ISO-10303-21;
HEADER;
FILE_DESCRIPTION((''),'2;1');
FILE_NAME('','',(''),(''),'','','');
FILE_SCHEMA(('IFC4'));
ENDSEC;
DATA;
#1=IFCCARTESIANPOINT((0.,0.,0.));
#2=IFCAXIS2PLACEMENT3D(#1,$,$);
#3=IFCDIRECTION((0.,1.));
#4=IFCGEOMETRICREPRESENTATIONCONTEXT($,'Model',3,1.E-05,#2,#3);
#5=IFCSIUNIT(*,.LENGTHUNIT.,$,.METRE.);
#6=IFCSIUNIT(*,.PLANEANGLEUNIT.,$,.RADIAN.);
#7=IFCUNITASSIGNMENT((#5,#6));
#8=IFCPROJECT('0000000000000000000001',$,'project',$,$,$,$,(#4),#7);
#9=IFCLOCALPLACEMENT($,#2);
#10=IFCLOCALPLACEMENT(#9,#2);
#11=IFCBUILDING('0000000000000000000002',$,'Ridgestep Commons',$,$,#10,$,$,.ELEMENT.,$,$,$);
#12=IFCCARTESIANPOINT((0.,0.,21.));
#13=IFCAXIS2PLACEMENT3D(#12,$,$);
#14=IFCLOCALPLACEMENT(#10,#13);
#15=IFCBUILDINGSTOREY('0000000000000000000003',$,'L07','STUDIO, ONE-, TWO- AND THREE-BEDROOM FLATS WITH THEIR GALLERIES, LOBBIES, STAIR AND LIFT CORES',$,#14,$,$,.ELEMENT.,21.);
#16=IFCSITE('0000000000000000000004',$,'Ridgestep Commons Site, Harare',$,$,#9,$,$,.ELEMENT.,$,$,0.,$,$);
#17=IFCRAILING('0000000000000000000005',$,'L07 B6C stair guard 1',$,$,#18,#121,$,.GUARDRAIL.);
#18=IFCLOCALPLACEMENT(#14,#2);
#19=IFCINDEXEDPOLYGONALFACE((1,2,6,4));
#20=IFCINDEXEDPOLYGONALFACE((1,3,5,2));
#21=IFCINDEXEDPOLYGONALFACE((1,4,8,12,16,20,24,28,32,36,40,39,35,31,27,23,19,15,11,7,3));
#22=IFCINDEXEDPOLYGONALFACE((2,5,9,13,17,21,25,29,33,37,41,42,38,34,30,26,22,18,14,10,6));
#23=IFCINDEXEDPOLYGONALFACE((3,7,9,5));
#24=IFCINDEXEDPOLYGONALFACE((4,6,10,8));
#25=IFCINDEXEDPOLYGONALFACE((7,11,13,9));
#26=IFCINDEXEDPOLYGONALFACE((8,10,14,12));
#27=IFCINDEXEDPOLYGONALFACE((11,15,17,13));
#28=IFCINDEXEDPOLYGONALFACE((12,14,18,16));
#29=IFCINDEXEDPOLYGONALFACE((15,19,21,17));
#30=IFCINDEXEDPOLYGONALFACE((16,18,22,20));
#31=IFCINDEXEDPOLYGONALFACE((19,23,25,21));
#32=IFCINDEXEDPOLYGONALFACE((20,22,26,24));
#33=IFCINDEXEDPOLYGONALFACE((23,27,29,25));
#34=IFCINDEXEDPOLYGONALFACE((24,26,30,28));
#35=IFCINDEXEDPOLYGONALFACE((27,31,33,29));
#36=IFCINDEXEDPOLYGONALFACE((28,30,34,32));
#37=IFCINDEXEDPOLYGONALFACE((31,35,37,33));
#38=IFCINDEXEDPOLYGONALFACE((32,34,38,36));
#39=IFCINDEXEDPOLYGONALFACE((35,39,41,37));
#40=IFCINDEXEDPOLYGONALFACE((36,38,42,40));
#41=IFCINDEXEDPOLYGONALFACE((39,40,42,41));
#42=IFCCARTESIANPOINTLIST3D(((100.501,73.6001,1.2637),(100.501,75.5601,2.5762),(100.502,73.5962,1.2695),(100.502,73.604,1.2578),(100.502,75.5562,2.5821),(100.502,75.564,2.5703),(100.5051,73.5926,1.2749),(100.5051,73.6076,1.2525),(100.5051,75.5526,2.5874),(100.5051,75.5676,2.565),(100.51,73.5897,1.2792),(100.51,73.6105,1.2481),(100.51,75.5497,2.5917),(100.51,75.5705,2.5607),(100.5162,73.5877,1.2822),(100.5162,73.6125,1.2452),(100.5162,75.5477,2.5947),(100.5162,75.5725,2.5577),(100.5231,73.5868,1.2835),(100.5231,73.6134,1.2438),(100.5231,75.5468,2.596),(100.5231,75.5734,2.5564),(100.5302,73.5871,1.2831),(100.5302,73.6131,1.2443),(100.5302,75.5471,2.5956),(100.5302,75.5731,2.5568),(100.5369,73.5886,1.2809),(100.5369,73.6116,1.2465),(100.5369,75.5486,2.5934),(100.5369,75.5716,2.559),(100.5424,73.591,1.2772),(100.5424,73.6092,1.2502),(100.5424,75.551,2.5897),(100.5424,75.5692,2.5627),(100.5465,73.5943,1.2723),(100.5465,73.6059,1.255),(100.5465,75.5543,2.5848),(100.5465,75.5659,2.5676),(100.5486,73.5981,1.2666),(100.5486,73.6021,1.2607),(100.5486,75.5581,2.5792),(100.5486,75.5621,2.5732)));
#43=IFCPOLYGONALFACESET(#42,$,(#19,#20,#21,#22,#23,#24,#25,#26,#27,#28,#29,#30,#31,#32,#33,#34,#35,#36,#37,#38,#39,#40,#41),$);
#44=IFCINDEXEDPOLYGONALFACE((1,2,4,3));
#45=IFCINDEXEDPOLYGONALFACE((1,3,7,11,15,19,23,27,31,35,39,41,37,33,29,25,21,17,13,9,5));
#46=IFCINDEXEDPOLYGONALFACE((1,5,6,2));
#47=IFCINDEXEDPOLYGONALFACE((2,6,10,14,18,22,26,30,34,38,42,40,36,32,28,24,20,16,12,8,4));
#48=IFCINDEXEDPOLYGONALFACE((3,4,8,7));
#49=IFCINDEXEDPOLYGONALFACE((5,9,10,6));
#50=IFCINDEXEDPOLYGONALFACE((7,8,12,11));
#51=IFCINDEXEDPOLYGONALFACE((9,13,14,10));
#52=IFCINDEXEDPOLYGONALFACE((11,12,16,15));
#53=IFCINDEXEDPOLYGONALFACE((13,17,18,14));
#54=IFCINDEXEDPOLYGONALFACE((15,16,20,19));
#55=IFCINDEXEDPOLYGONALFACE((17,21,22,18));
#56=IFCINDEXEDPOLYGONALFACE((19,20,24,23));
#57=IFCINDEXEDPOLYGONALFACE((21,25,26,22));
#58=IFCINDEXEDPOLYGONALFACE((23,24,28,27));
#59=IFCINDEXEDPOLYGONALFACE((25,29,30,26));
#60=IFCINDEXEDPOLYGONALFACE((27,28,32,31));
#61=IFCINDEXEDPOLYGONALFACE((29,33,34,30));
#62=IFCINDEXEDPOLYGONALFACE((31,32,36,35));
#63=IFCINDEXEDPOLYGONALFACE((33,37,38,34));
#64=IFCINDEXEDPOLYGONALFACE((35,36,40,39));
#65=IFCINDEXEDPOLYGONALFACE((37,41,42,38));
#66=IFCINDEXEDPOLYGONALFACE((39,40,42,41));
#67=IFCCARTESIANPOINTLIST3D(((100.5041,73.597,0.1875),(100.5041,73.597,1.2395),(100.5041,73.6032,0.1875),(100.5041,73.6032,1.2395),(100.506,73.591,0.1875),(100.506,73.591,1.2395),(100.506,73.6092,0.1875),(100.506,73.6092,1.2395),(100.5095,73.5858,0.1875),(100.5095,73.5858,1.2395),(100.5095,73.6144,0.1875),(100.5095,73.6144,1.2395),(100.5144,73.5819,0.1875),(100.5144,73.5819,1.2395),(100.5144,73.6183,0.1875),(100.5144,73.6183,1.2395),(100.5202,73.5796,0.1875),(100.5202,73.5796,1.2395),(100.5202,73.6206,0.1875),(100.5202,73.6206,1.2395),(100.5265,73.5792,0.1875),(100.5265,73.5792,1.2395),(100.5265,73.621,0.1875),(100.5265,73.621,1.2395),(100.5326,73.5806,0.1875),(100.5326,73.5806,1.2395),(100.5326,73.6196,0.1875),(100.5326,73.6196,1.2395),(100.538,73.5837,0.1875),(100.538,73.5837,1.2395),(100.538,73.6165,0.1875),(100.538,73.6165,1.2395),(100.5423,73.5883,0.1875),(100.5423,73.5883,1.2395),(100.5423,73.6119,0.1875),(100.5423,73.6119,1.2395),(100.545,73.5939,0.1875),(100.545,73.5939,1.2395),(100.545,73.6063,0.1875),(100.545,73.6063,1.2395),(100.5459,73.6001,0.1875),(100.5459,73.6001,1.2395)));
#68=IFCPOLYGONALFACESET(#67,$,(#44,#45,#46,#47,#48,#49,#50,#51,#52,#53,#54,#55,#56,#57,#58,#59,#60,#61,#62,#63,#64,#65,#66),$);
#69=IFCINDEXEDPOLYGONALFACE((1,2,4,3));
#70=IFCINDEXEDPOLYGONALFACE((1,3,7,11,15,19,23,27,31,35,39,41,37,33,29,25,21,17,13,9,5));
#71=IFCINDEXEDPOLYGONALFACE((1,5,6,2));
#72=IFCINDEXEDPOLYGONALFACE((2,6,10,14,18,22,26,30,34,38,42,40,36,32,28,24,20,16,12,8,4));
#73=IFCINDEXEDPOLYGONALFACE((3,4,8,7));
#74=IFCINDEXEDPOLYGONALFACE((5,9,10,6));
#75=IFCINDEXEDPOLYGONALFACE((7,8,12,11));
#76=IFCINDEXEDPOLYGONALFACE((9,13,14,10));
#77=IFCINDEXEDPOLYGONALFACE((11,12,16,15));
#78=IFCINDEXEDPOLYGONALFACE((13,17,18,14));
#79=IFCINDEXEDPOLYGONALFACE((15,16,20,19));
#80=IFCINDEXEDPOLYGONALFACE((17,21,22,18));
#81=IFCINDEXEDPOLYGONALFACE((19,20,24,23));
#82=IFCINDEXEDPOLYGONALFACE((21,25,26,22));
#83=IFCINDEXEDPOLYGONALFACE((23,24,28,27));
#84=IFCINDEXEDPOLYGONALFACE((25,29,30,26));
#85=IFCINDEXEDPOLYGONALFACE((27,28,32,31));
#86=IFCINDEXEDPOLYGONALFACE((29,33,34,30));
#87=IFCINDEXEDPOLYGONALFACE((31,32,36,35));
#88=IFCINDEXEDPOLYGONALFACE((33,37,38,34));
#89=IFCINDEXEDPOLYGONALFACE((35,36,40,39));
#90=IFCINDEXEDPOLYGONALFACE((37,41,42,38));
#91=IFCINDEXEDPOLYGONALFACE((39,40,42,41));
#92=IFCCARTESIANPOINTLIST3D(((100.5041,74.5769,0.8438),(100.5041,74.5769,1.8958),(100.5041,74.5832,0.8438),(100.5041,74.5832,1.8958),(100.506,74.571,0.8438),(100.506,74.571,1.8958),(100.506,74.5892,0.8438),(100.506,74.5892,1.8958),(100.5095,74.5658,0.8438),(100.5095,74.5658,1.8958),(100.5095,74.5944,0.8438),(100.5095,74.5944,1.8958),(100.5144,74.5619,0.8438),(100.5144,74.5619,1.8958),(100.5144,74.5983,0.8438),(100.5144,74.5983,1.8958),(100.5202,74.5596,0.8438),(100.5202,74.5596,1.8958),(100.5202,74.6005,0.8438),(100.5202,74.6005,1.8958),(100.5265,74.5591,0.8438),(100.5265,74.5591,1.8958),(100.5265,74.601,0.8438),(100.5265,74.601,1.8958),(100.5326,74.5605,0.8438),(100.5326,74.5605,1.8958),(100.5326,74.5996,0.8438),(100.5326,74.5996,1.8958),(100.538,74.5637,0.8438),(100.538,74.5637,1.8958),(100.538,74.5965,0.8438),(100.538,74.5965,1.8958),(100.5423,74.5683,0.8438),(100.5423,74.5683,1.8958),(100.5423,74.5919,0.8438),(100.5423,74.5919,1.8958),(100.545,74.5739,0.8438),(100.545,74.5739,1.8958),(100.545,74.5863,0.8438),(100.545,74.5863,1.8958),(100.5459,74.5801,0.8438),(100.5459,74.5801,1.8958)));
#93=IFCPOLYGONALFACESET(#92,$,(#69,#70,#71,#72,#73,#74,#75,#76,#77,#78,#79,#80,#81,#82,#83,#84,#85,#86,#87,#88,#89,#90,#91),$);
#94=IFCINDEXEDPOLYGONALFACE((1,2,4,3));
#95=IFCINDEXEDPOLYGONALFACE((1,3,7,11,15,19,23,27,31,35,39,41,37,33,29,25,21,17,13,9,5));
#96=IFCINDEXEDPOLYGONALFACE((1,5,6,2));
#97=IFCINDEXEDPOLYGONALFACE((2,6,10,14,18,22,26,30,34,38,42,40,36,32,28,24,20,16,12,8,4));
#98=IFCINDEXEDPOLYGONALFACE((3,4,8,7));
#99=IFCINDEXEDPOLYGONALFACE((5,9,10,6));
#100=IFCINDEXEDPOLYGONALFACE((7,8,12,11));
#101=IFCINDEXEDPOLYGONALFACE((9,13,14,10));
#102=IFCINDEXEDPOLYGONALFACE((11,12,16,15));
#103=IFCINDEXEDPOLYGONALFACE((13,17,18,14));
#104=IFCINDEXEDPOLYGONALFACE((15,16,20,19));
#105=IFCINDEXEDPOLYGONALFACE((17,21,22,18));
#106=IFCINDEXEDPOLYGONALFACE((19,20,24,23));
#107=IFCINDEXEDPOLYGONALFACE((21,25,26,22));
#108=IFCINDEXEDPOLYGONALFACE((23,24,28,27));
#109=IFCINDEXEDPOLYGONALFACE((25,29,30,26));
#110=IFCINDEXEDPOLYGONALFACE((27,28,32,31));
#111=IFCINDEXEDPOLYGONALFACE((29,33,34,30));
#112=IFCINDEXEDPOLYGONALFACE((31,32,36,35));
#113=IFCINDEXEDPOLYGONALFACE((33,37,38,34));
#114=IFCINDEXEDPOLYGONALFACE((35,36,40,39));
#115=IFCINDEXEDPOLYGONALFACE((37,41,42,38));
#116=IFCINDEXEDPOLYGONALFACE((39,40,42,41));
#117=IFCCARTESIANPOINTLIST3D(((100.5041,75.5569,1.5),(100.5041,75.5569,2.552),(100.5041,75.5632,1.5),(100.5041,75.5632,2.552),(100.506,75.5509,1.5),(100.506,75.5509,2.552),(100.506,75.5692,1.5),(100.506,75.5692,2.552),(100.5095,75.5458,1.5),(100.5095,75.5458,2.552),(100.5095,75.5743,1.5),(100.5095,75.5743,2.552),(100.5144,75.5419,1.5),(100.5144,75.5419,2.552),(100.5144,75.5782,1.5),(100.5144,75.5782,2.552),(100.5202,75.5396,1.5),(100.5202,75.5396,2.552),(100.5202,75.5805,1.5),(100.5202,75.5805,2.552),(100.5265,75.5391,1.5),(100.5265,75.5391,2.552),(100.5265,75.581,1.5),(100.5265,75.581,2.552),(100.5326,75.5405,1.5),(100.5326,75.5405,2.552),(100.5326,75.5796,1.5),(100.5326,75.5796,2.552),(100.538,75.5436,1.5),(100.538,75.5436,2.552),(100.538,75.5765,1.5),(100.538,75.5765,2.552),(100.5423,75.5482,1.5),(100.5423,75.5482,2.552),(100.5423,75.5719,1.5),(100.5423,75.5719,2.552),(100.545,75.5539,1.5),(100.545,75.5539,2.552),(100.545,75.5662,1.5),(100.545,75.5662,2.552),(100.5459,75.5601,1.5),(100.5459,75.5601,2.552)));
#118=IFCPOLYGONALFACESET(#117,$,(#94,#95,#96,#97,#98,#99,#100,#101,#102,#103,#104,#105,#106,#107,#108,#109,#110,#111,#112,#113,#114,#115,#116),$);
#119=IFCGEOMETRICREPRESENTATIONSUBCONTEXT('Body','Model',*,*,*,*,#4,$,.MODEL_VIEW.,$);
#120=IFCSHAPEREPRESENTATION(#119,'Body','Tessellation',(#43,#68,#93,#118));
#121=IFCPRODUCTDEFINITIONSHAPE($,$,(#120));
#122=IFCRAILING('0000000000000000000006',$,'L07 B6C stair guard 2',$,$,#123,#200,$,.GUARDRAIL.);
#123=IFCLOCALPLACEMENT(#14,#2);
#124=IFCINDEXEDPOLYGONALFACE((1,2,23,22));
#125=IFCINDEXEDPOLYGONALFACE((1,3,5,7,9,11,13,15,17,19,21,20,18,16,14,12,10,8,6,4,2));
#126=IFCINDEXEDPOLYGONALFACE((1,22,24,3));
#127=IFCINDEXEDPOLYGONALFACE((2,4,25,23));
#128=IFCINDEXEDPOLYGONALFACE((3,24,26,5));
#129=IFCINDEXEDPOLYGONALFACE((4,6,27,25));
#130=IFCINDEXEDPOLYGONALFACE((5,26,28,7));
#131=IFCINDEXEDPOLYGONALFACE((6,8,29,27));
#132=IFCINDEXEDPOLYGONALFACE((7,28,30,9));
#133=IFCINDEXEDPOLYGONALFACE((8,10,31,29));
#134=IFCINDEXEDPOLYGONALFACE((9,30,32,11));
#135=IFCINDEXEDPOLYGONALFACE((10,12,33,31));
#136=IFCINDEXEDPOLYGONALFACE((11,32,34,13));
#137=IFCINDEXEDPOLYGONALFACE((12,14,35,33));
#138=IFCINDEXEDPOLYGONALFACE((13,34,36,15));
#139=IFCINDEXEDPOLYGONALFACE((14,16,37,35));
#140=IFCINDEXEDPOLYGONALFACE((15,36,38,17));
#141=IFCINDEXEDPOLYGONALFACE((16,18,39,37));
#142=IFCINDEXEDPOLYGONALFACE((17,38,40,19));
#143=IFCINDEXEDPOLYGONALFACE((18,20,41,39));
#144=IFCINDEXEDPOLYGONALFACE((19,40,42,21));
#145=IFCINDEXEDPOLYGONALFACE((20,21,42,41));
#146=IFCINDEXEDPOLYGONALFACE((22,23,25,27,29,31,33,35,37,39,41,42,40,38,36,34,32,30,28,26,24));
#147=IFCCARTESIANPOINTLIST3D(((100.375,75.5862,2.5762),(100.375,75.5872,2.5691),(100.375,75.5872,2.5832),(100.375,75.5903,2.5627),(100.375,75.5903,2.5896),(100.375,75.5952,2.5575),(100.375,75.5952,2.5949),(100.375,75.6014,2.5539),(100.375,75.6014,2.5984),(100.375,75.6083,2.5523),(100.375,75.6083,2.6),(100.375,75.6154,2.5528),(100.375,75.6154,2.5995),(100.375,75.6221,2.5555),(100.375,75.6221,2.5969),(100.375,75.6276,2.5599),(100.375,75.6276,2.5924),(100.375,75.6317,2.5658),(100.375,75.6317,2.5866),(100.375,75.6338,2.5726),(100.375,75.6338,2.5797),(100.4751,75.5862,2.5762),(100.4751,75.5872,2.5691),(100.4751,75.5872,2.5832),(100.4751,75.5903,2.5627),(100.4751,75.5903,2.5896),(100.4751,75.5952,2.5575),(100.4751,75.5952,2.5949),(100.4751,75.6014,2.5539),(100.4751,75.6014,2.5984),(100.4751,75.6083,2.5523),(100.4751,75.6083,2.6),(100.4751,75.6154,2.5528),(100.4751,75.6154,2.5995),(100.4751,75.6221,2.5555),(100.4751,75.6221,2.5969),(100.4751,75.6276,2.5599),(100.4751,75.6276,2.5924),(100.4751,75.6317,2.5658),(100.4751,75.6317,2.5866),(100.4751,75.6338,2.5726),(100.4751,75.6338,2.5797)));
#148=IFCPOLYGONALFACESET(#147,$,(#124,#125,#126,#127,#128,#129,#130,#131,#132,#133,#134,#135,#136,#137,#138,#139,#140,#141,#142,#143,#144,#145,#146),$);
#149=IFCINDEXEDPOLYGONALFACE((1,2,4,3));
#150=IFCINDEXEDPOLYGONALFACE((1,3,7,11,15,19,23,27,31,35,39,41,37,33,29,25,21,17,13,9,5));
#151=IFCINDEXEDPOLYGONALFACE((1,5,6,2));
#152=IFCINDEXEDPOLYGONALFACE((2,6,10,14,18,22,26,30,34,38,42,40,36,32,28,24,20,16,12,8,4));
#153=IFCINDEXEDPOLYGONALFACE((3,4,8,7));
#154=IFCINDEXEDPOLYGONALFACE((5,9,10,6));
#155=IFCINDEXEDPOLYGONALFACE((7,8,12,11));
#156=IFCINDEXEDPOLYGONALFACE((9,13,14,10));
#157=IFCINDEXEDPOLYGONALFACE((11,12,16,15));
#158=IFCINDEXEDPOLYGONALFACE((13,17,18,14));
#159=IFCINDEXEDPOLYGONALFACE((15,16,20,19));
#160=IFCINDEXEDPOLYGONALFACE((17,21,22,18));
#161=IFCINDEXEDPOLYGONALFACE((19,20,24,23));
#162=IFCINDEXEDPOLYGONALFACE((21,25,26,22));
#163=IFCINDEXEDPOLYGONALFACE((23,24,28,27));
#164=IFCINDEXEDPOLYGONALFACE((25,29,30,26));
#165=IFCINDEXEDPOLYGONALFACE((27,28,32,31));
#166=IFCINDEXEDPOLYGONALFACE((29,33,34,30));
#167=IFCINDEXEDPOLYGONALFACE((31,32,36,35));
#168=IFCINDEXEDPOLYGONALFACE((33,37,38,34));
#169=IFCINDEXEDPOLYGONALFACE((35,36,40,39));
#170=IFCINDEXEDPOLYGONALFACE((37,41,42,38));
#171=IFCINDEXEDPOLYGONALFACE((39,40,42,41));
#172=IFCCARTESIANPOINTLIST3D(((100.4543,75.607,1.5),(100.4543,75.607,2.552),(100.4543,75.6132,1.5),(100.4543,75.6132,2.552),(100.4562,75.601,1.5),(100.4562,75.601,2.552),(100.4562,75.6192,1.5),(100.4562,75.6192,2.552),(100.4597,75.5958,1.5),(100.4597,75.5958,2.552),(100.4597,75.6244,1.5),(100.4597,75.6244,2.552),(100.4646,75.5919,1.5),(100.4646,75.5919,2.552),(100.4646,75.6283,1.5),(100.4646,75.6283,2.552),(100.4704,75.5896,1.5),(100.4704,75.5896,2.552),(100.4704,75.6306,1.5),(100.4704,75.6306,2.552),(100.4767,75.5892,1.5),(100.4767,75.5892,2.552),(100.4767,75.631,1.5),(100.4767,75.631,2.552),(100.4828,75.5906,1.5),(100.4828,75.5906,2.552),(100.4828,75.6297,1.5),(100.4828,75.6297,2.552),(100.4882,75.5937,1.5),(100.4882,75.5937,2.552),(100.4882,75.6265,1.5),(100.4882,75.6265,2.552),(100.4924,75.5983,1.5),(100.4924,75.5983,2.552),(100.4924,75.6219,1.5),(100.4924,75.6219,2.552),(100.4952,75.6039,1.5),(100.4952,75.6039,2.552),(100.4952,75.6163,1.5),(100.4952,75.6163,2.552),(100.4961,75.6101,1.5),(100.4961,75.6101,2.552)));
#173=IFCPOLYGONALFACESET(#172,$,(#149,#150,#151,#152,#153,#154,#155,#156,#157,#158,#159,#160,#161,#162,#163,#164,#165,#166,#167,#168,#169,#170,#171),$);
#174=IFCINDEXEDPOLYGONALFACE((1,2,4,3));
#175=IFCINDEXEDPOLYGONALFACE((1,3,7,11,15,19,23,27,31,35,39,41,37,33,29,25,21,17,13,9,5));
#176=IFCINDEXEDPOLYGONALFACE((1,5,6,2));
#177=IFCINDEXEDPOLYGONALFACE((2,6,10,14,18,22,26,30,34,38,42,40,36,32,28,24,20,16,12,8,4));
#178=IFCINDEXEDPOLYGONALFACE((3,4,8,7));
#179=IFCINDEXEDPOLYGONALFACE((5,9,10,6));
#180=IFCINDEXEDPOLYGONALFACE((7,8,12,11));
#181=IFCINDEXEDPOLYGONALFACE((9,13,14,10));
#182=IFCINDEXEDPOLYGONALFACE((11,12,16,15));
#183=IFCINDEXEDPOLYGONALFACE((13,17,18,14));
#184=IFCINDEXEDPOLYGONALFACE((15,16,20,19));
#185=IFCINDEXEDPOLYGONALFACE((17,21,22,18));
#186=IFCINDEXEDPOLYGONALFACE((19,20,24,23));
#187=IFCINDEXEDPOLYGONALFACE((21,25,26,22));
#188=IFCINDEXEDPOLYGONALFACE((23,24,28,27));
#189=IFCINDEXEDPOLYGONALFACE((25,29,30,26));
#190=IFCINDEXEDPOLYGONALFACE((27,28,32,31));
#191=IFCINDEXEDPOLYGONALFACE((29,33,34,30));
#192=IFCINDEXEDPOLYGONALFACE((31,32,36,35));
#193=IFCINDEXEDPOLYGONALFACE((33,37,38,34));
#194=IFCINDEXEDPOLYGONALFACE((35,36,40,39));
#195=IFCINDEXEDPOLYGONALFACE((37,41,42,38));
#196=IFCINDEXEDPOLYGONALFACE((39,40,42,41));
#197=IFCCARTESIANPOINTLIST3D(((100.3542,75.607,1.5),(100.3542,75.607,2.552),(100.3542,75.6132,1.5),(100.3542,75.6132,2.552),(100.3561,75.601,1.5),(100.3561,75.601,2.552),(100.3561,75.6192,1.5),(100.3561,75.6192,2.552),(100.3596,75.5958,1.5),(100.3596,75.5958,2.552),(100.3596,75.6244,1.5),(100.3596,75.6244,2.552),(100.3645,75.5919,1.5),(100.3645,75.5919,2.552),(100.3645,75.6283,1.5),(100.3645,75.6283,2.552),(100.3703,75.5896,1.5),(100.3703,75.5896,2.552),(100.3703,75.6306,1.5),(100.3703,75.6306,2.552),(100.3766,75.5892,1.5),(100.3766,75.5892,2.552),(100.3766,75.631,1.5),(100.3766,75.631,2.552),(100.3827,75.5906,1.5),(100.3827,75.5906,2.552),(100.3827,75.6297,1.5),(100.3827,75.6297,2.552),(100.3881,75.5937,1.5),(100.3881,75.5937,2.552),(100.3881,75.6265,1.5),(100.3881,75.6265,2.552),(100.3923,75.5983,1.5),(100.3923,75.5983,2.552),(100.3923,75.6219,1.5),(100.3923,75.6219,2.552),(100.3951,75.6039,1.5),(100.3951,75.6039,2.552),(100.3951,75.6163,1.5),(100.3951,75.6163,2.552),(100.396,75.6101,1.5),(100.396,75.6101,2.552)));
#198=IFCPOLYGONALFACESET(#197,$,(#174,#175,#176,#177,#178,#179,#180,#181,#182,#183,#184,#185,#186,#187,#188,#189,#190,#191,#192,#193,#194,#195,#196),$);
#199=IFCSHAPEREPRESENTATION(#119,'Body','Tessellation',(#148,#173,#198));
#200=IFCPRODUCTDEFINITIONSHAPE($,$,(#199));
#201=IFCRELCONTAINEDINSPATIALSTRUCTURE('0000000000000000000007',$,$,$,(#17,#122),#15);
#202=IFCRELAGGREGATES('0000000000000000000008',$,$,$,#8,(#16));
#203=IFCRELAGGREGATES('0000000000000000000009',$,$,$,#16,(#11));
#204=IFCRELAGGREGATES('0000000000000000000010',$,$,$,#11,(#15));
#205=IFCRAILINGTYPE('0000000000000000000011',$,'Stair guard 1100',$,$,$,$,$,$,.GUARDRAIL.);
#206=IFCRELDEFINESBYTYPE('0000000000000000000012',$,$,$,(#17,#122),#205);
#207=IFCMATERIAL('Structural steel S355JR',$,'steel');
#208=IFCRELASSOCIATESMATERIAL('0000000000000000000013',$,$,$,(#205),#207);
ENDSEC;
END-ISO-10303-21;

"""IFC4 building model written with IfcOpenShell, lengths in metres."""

from ifc_helpers import new_model, si_unit, direction, frame, origin, origin_2d, place, context, subcontext, project, spatial, circle, extrude, material, type_object, element, save


model = new_model("IFC4")

# Units and contexts
model_context = context("Model", 3, precision=1e-05, world=origin(), true_north=direction((0.0, 1.0)))
body_context = subcontext(model_context, "Body", "Model", "MODEL_VIEW")
ifc_project = project(units=[si_unit("LENGTHUNIT", "METRE"), si_unit("PLANEANGLEUNIT", "RADIAN")], contexts=[model_context])

# Site, building, storey
site_placement = place(None, origin())
site = spatial("IfcSite", under=ifc_project, at=site_placement, Name="Ridgestep Commons Site, Harare", CompositionType="ELEMENT", RefElevation=0.0)
building_placement = place(site_placement, origin())
building = spatial("IfcBuilding", under=site, at=building_placement, Name="Ridgestep Commons", CompositionType="ELEMENT")
storey_placement = place(building_placement, frame((0.0, 0.0, 21.0)))
storey = spatial("IfcBuildingStorey", under=building, at=storey_placement, Name="L07", Description="STUDIO, ONE-, TWO- AND THREE-BEDROOM FLATS WITH THEIR GALLERIES, LOBBIES, STAIR AND LIFT CORES", CompositionType="ELEMENT", Elevation=21.0)

# Railings
ifc_material_1 = material(Name="Structural steel S355JR", Category="steel")
railing_type_1 = type_object("IfcRailingType", Name="Stair guard 1100", PredefinedType="GUARDRAIL", material=ifc_material_1)
railing_1_placement = place(storey_placement, frame((100.5249, 73.6001, 0.1875)))
element("IfcRailing", 1, at=railing_1_placement, inside=storey, type_object=railing_type_1, Name="L07 B6C stair guard 1", PredefinedType="GUARDRAIL", context=body_context, shape_type="SweptSolid", body=[
    extrude(circle(Radius=0.0239, at=origin_2d()), frame((0.0, 0.0, 1.0762), z_axis=(0.0, 0.830902, 0.556419), x_axis=(-1.0, 0.0, 0.0)), (0.0, 0.0, 1.0), 2.3589),
    extrude(circle(Radius=0.021, at=origin_2d()), origin(), (0.0, 0.0, 1.0), 1.052),
    extrude(circle(Radius=0.021, at=origin_2d()), frame((0.0, 0.98, 0.6562)), (0.0, 0.0, 1.0), 1.052),
    extrude(circle(Radius=0.021, at=origin_2d()), frame((0.0, 1.96, 1.3125)), (0.0, 0.0, 1.0), 1.052),
])
railing_2_placement = place(storey_placement, frame((100.4751, 75.6101, 1.5)))
element("IfcRailing", 2, at=railing_2_placement, inside=storey, type_object=railing_type_1, Name="L07 B6C stair guard 2", PredefinedType="GUARDRAIL", context=body_context, shape_type="SweptSolid", body=[
    extrude(circle(Radius=0.0239, at=origin_2d()), frame((0.0, 0.0, 1.0762), z_axis=(-1.0, 0.0, 0.0), x_axis=(0.0, -1.0, 0.0)), (0.0, 0.0, 1.0), 0.1001),
    extrude(circle(Radius=0.021, at=origin_2d()), origin(), (0.0, 0.0, 1.0), 1.052),
    extrude(circle(Radius=0.021, at=origin_2d()), frame((-0.1001, 0.0, 0.0)), (0.0, 0.0, 1.0), 1.052),
])

save(model, "model.ifc")
